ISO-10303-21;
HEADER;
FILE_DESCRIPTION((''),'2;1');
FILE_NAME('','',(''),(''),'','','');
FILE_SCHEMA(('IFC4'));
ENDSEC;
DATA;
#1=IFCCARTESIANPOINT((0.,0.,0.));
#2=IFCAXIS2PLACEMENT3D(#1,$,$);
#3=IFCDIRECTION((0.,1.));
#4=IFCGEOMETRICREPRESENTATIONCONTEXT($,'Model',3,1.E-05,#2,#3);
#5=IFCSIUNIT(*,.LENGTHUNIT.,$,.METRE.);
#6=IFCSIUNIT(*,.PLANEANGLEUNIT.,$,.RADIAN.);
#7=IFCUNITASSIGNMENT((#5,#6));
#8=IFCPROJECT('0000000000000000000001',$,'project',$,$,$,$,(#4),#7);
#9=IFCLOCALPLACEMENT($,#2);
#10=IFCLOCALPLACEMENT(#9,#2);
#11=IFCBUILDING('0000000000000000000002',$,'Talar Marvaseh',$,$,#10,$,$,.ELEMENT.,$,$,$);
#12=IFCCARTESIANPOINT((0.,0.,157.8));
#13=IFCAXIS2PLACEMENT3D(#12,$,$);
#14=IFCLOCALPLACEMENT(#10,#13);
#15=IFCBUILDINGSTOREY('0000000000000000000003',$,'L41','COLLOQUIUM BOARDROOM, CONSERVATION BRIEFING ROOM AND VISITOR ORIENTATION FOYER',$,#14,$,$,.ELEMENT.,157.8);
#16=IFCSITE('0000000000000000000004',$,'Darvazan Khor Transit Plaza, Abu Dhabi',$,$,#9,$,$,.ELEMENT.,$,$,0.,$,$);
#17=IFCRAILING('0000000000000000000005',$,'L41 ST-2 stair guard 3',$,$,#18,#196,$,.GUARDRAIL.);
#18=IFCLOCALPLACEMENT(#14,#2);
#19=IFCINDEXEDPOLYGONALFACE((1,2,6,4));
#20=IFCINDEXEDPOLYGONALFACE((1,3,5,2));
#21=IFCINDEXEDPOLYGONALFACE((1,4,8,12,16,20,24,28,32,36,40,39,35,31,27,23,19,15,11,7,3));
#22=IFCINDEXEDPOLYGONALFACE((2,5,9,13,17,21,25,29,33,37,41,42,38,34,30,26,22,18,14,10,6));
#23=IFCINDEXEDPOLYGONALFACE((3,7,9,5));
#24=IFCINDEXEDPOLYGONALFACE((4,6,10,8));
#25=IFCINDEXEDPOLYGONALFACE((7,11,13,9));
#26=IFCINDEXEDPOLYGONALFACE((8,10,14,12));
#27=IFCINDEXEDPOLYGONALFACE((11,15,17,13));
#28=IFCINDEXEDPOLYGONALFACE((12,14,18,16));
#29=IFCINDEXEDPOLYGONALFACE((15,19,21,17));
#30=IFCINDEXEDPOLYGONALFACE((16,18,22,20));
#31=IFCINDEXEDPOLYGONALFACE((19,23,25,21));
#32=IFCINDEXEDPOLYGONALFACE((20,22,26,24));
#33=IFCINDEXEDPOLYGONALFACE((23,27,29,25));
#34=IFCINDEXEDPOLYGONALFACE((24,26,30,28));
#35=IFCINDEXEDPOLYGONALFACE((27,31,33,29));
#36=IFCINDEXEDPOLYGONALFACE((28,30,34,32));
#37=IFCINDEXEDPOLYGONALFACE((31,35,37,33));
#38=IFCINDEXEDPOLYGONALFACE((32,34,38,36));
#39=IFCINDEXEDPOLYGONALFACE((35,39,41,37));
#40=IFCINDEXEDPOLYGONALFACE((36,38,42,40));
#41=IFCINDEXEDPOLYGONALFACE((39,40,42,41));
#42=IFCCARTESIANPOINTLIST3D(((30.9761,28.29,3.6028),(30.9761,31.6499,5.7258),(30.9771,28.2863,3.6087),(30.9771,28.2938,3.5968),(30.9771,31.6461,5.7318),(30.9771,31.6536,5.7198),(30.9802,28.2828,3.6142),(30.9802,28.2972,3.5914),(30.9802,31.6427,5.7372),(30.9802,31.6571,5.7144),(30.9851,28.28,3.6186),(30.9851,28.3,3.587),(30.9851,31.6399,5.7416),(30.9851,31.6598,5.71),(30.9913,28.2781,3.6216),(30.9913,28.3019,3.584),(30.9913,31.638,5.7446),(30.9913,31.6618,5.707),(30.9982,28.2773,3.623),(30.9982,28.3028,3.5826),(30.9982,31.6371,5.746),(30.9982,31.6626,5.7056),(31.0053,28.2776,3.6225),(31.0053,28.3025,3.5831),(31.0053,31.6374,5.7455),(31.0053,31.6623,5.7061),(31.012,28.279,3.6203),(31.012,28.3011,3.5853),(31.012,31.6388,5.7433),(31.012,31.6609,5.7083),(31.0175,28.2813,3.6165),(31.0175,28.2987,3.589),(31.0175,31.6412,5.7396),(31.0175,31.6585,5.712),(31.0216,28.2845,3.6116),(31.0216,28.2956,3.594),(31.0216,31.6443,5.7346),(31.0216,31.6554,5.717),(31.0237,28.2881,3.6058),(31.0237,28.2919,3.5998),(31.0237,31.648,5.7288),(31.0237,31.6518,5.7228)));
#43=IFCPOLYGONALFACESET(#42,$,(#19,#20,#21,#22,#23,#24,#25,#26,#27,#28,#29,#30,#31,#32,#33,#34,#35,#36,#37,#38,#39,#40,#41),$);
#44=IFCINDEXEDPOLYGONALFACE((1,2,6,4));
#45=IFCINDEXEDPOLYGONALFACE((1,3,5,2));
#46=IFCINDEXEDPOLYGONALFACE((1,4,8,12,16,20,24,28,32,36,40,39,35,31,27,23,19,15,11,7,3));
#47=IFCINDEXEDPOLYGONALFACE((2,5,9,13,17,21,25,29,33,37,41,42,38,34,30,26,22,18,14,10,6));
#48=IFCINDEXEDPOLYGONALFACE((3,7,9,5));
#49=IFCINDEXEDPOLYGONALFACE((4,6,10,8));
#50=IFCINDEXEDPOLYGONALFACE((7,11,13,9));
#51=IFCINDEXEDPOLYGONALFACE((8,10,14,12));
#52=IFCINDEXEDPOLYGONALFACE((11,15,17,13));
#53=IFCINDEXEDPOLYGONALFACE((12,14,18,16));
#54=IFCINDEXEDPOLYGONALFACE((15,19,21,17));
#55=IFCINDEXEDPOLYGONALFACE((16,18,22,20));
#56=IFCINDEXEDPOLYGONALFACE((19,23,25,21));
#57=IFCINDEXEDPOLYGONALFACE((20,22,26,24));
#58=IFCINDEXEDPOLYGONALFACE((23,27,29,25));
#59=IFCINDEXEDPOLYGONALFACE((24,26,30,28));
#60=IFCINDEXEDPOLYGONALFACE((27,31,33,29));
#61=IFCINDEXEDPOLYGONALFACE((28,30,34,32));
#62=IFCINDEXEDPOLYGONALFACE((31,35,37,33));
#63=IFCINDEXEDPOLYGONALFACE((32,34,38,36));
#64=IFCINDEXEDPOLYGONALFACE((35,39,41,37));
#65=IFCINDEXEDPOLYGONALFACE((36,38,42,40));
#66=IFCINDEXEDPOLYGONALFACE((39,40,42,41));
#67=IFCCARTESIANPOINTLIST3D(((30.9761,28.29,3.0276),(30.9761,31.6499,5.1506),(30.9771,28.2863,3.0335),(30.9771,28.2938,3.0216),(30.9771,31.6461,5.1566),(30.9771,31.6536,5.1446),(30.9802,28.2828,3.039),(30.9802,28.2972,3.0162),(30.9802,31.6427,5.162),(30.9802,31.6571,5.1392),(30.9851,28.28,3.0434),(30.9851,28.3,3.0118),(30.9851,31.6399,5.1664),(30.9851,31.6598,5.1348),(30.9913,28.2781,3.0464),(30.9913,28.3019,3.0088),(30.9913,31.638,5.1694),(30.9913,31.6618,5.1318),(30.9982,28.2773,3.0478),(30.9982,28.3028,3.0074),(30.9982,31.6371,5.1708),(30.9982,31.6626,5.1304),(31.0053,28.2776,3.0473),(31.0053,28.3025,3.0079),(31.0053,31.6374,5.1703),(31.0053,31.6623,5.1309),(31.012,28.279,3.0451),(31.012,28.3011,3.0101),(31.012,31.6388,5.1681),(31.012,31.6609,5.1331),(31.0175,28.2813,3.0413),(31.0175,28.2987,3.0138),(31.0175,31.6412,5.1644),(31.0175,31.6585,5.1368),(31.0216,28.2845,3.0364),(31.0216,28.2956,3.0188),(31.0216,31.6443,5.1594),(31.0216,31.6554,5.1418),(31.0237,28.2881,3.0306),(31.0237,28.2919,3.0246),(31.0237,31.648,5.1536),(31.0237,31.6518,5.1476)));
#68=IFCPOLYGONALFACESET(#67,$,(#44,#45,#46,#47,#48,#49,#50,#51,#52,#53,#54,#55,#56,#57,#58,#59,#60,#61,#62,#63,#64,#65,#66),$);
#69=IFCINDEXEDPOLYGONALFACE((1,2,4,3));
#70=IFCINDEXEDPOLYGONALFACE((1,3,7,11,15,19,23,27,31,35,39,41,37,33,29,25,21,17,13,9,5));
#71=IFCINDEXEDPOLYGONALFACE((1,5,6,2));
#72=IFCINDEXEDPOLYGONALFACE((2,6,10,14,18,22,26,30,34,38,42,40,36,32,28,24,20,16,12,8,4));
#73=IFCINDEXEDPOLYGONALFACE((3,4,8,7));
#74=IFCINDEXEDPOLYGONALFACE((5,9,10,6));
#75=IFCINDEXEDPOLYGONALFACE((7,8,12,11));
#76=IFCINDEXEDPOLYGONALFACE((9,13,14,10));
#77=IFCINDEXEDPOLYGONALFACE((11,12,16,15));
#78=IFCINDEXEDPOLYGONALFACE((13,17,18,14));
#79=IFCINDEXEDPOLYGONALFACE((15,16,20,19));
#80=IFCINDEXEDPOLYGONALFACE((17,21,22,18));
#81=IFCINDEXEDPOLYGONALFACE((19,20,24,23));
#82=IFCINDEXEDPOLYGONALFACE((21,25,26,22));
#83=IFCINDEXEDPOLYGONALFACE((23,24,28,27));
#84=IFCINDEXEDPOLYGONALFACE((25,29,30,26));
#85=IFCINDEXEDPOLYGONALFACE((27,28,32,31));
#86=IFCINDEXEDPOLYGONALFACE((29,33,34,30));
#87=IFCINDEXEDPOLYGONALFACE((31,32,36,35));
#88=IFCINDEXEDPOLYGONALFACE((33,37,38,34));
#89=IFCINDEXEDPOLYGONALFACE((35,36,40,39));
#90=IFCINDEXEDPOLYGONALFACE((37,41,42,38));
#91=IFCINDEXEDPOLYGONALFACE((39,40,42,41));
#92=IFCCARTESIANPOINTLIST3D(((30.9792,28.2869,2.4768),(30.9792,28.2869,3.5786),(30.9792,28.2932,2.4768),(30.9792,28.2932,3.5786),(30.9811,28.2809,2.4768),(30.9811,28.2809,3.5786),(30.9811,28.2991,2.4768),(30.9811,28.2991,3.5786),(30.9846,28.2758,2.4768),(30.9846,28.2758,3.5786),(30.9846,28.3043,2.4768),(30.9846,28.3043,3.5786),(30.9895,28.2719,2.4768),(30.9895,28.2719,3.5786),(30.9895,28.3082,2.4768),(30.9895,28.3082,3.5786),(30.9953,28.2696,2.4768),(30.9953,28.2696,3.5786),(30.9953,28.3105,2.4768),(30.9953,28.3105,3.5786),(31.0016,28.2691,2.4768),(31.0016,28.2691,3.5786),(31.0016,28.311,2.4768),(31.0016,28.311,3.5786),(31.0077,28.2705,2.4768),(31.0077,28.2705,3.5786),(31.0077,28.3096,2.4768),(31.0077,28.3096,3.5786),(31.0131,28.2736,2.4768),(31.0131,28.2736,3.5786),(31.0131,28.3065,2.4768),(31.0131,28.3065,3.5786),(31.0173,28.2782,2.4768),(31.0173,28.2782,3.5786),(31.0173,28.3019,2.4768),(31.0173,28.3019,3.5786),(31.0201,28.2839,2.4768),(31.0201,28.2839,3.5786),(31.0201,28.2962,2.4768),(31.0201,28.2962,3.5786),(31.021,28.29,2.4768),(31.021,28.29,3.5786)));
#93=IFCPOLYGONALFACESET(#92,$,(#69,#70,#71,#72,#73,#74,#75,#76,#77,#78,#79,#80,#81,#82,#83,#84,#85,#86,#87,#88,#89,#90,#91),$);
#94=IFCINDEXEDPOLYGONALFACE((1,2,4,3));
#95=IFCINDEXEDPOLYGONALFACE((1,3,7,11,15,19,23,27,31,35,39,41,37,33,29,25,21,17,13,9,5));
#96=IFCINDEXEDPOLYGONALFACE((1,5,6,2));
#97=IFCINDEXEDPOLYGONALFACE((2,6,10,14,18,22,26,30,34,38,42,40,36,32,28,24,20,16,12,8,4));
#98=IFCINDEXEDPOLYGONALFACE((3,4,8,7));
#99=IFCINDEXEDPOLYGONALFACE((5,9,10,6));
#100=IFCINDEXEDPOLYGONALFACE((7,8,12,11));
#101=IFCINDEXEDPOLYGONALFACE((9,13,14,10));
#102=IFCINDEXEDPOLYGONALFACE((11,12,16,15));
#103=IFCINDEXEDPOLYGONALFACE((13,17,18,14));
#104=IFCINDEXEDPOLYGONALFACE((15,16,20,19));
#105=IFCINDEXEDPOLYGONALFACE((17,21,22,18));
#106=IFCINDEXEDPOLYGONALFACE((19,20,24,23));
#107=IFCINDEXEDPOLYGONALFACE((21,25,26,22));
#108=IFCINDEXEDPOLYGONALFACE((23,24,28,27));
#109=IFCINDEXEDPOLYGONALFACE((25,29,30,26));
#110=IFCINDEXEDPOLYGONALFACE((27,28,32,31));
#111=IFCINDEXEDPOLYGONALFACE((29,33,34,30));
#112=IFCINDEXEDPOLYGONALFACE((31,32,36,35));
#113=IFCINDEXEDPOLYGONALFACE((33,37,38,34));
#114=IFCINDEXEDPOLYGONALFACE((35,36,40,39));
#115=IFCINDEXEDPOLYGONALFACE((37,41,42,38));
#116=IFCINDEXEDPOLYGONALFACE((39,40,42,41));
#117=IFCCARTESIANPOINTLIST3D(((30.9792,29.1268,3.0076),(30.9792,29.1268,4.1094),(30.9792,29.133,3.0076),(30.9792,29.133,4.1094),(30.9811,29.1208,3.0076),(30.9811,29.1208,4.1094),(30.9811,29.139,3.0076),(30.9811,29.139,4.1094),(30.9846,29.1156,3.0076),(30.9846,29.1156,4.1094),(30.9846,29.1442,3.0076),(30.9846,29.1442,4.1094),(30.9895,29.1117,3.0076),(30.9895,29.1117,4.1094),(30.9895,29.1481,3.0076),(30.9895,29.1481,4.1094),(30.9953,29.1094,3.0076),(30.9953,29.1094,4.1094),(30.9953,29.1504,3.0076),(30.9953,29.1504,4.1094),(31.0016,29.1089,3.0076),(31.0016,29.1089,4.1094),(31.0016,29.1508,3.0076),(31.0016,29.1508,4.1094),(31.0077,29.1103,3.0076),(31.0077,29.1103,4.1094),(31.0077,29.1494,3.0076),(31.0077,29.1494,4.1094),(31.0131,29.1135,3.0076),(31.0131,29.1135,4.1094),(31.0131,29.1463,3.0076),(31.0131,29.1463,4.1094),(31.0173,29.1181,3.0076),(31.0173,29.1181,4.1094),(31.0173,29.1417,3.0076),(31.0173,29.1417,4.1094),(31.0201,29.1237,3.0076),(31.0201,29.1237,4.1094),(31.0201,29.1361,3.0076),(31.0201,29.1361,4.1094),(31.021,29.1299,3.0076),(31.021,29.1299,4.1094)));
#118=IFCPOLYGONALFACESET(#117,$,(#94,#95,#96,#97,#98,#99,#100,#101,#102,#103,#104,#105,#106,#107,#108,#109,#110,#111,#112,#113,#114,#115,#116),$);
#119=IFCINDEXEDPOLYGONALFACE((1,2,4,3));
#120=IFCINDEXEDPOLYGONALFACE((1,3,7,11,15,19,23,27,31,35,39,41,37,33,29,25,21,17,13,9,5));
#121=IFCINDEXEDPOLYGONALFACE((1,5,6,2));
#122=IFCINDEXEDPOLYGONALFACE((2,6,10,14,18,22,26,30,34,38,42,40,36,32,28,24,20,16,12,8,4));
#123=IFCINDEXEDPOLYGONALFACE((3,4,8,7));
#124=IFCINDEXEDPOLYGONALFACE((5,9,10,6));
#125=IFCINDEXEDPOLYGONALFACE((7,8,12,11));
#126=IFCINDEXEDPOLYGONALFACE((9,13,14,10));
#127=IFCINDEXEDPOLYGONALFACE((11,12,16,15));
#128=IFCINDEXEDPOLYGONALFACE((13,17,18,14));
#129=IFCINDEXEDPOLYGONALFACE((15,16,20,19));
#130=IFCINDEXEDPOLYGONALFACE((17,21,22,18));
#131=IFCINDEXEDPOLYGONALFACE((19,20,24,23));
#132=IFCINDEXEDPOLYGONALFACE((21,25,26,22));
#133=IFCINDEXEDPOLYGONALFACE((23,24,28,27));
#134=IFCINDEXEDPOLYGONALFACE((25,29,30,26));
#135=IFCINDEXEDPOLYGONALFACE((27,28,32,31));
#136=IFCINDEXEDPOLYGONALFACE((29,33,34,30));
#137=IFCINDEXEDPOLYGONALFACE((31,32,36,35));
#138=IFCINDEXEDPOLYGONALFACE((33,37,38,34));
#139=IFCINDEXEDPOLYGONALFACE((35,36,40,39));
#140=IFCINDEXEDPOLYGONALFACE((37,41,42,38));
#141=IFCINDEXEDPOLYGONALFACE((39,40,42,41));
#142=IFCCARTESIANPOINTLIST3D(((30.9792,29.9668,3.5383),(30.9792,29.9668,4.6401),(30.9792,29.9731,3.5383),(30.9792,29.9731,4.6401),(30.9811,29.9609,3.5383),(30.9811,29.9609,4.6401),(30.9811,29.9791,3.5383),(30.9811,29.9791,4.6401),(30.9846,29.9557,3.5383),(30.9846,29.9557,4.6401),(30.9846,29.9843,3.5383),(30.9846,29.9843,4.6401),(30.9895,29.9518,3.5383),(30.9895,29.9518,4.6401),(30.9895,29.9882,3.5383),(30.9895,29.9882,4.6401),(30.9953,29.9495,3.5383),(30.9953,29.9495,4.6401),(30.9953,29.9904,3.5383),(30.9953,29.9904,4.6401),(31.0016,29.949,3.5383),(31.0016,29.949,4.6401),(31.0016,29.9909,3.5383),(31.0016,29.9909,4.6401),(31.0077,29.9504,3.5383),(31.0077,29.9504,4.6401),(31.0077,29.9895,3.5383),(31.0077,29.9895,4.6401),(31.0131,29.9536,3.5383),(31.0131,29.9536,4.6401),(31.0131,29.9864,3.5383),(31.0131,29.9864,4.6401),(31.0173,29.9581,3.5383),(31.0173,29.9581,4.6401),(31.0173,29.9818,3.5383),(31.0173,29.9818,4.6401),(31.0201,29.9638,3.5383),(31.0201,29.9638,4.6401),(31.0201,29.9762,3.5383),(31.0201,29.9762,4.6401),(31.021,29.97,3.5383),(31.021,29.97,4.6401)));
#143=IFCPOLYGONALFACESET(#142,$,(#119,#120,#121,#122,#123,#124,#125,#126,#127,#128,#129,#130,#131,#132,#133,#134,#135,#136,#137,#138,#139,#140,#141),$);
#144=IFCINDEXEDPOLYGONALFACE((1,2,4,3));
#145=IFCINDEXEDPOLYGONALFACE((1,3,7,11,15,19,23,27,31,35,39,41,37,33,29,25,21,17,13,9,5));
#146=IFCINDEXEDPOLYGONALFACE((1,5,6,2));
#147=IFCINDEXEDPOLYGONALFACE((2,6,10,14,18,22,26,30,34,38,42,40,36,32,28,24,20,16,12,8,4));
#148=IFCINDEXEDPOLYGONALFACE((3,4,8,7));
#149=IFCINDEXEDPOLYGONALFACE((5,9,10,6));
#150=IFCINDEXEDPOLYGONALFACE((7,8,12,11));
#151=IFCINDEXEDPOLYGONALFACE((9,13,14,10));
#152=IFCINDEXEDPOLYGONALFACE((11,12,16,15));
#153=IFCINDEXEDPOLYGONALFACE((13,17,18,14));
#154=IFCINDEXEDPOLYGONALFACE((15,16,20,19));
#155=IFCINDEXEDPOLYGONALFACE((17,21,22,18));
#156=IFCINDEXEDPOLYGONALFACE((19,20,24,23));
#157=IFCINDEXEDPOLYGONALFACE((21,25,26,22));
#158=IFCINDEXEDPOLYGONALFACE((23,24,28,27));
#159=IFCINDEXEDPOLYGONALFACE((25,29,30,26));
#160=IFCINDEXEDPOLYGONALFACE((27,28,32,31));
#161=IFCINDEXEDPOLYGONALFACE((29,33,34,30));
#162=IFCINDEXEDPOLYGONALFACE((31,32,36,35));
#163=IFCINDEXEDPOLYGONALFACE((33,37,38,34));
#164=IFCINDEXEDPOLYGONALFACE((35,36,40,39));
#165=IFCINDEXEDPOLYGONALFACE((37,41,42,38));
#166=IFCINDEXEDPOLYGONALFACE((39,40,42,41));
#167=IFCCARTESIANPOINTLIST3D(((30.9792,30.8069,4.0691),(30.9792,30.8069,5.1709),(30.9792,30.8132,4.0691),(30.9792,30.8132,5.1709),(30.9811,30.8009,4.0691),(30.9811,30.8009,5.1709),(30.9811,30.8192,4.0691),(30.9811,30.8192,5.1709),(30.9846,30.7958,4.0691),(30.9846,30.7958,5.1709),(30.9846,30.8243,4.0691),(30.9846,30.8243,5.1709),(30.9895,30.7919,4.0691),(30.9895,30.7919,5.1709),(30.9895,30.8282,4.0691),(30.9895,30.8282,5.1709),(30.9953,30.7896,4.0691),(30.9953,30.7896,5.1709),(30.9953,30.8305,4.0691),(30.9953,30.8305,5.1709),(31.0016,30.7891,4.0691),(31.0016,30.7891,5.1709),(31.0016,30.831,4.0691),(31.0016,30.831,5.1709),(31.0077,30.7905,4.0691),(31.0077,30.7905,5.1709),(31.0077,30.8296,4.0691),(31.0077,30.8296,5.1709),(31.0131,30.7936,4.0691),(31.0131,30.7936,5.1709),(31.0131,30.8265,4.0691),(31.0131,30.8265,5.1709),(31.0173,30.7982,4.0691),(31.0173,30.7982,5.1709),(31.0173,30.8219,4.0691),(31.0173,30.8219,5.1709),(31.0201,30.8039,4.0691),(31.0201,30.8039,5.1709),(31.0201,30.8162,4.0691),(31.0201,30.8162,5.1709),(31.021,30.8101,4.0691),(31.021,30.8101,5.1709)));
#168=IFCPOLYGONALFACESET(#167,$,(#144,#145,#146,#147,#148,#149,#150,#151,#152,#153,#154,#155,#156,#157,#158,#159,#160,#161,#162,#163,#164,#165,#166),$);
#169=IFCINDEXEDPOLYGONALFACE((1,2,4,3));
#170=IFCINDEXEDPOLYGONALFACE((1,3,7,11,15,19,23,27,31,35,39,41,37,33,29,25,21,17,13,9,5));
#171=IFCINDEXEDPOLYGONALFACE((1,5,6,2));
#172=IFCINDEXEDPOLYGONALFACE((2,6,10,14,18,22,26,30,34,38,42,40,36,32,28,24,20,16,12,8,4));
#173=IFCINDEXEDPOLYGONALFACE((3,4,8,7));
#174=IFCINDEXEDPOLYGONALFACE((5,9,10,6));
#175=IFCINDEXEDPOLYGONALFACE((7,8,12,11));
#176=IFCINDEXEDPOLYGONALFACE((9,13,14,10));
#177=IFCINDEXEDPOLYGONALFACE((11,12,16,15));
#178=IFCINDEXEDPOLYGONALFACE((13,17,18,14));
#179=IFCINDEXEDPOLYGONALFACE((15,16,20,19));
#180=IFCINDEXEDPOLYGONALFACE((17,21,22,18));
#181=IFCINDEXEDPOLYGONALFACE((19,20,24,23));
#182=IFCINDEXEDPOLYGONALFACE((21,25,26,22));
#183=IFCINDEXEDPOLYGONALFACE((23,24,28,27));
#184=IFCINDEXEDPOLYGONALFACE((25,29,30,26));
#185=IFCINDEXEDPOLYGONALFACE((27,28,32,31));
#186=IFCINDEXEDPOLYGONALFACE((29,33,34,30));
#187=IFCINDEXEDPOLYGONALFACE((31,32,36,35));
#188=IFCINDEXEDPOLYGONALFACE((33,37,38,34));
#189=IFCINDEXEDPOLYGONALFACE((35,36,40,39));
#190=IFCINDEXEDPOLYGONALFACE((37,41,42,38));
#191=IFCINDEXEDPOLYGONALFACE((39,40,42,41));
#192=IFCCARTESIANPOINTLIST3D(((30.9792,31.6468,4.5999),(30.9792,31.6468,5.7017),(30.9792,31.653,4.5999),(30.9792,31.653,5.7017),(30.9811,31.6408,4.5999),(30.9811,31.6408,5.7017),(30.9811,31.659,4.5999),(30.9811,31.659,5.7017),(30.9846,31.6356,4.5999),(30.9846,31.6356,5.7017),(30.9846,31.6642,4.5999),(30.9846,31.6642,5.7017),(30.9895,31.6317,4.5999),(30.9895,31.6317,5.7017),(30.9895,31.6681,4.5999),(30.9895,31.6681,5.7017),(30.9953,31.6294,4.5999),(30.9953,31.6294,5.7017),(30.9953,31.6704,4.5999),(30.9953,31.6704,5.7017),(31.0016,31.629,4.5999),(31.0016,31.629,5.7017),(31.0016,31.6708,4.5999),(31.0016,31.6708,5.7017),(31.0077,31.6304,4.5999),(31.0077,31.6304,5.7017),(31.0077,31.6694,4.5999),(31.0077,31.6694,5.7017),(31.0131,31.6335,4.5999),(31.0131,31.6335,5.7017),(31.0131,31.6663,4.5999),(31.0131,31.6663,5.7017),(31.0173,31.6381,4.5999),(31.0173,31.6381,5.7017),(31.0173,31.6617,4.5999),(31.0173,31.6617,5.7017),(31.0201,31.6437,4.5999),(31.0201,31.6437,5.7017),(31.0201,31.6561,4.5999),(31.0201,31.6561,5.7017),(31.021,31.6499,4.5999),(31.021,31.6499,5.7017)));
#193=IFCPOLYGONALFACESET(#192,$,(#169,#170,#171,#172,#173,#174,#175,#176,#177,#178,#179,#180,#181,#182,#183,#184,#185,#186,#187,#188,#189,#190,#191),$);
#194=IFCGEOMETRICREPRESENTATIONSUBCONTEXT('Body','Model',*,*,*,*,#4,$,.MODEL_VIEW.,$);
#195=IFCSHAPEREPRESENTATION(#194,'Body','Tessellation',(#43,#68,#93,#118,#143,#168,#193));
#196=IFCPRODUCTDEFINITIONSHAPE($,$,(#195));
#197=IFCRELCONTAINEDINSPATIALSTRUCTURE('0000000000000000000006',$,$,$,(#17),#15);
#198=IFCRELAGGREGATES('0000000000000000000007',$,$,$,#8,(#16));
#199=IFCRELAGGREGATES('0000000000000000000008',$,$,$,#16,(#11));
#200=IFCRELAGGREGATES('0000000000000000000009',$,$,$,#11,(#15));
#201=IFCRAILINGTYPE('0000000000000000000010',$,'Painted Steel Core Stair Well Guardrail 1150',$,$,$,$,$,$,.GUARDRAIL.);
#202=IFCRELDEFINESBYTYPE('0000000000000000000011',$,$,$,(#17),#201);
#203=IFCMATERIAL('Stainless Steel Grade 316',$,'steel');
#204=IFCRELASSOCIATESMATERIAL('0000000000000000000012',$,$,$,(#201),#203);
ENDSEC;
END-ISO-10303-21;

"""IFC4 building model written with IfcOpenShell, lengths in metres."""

from ifc_helpers import new_model, si_unit, direction, frame, origin, origin_2d, place, context, subcontext, project, spatial, circle, extrude, material, type_object, element, save


model = new_model("IFC4")

# Units and contexts
model_context = context("Model", 3, precision=1e-05, world=origin(), true_north=direction((0.0, 1.0)))
body_context = subcontext(model_context, "Body", "Model", "MODEL_VIEW")
ifc_project = project(units=[si_unit("LENGTHUNIT", "METRE"), si_unit("PLANEANGLEUNIT", "RADIAN")], contexts=[model_context])

# Site, building, storey
site_placement = place(None, origin())
site = spatial("IfcSite", under=ifc_project, at=site_placement, Name="Darvazan Khor Transit Plaza, Abu Dhabi", CompositionType="ELEMENT", RefElevation=0.0)
building_placement = place(site_placement, origin())
building = spatial("IfcBuilding", under=site, at=building_placement, Name="Talar Marvaseh", CompositionType="ELEMENT")
storey_placement = place(building_placement, frame((0.0, 0.0, 157.8)))
storey = spatial("IfcBuildingStorey", under=building, at=storey_placement, Name="L41", Description="COLLOQUIUM BOARDROOM, CONSERVATION BRIEFING ROOM AND VISITOR ORIENTATION FOYER", CompositionType="ELEMENT", Elevation=157.8)

# Railing
ifc_material_1 = material(Name="Stainless Steel Grade 316", Category="steel")
railing_type_1 = type_object("IfcRailingType", Name="Painted Steel Core Stair Well Guardrail 1150", PredefinedType="GUARDRAIL", material=ifc_material_1)
railing_1_placement = place(storey_placement, frame((31.0, 28.29, 2.4768)))
element("IfcRailing", 1, at=railing_1_placement, inside=storey, type_object=railing_type_1, Name="L41 ST-2 stair guard 3", PredefinedType="GUARDRAIL", context=body_context, shape_type="SweptSolid", body=[
    extrude(circle(Radius=0.0239, at=origin_2d()), frame((0.0, 0.0, 1.126), z_axis=(0.0, 0.845372, 0.534178), x_axis=(-1.0, 0.0, 0.0)), (0.0, 0.0, 1.0), 3.9744),
    extrude(circle(Radius=0.0239, at=origin_2d()), frame((0.0, 0.0, 0.5508), z_axis=(0.0, 0.845372, 0.534178), x_axis=(-1.0, 0.0, 0.0)), (0.0, 0.0, 1.0), 3.9744),
    extrude(circle(Radius=0.021, at=origin_2d()), origin(), (0.0, 0.0, 1.0), 1.1018),
    extrude(circle(Radius=0.021, at=origin_2d()), frame((0.0, 0.8398, 0.5308)), (0.0, 0.0, 1.0), 1.1018),
    extrude(circle(Radius=0.021, at=origin_2d()), frame((0.0, 1.6799, 1.0615)), (0.0, 0.0, 1.0), 1.1018),
    extrude(circle(Radius=0.021, at=origin_2d()), frame((0.0, 2.52, 1.5923)), (0.0, 0.0, 1.0), 1.1018),
    extrude(circle(Radius=0.021, at=origin_2d()), frame((0.0, 3.3599, 2.123)), (0.0, 0.0, 1.0), 1.1018),
])

save(model, "model.ifc")
